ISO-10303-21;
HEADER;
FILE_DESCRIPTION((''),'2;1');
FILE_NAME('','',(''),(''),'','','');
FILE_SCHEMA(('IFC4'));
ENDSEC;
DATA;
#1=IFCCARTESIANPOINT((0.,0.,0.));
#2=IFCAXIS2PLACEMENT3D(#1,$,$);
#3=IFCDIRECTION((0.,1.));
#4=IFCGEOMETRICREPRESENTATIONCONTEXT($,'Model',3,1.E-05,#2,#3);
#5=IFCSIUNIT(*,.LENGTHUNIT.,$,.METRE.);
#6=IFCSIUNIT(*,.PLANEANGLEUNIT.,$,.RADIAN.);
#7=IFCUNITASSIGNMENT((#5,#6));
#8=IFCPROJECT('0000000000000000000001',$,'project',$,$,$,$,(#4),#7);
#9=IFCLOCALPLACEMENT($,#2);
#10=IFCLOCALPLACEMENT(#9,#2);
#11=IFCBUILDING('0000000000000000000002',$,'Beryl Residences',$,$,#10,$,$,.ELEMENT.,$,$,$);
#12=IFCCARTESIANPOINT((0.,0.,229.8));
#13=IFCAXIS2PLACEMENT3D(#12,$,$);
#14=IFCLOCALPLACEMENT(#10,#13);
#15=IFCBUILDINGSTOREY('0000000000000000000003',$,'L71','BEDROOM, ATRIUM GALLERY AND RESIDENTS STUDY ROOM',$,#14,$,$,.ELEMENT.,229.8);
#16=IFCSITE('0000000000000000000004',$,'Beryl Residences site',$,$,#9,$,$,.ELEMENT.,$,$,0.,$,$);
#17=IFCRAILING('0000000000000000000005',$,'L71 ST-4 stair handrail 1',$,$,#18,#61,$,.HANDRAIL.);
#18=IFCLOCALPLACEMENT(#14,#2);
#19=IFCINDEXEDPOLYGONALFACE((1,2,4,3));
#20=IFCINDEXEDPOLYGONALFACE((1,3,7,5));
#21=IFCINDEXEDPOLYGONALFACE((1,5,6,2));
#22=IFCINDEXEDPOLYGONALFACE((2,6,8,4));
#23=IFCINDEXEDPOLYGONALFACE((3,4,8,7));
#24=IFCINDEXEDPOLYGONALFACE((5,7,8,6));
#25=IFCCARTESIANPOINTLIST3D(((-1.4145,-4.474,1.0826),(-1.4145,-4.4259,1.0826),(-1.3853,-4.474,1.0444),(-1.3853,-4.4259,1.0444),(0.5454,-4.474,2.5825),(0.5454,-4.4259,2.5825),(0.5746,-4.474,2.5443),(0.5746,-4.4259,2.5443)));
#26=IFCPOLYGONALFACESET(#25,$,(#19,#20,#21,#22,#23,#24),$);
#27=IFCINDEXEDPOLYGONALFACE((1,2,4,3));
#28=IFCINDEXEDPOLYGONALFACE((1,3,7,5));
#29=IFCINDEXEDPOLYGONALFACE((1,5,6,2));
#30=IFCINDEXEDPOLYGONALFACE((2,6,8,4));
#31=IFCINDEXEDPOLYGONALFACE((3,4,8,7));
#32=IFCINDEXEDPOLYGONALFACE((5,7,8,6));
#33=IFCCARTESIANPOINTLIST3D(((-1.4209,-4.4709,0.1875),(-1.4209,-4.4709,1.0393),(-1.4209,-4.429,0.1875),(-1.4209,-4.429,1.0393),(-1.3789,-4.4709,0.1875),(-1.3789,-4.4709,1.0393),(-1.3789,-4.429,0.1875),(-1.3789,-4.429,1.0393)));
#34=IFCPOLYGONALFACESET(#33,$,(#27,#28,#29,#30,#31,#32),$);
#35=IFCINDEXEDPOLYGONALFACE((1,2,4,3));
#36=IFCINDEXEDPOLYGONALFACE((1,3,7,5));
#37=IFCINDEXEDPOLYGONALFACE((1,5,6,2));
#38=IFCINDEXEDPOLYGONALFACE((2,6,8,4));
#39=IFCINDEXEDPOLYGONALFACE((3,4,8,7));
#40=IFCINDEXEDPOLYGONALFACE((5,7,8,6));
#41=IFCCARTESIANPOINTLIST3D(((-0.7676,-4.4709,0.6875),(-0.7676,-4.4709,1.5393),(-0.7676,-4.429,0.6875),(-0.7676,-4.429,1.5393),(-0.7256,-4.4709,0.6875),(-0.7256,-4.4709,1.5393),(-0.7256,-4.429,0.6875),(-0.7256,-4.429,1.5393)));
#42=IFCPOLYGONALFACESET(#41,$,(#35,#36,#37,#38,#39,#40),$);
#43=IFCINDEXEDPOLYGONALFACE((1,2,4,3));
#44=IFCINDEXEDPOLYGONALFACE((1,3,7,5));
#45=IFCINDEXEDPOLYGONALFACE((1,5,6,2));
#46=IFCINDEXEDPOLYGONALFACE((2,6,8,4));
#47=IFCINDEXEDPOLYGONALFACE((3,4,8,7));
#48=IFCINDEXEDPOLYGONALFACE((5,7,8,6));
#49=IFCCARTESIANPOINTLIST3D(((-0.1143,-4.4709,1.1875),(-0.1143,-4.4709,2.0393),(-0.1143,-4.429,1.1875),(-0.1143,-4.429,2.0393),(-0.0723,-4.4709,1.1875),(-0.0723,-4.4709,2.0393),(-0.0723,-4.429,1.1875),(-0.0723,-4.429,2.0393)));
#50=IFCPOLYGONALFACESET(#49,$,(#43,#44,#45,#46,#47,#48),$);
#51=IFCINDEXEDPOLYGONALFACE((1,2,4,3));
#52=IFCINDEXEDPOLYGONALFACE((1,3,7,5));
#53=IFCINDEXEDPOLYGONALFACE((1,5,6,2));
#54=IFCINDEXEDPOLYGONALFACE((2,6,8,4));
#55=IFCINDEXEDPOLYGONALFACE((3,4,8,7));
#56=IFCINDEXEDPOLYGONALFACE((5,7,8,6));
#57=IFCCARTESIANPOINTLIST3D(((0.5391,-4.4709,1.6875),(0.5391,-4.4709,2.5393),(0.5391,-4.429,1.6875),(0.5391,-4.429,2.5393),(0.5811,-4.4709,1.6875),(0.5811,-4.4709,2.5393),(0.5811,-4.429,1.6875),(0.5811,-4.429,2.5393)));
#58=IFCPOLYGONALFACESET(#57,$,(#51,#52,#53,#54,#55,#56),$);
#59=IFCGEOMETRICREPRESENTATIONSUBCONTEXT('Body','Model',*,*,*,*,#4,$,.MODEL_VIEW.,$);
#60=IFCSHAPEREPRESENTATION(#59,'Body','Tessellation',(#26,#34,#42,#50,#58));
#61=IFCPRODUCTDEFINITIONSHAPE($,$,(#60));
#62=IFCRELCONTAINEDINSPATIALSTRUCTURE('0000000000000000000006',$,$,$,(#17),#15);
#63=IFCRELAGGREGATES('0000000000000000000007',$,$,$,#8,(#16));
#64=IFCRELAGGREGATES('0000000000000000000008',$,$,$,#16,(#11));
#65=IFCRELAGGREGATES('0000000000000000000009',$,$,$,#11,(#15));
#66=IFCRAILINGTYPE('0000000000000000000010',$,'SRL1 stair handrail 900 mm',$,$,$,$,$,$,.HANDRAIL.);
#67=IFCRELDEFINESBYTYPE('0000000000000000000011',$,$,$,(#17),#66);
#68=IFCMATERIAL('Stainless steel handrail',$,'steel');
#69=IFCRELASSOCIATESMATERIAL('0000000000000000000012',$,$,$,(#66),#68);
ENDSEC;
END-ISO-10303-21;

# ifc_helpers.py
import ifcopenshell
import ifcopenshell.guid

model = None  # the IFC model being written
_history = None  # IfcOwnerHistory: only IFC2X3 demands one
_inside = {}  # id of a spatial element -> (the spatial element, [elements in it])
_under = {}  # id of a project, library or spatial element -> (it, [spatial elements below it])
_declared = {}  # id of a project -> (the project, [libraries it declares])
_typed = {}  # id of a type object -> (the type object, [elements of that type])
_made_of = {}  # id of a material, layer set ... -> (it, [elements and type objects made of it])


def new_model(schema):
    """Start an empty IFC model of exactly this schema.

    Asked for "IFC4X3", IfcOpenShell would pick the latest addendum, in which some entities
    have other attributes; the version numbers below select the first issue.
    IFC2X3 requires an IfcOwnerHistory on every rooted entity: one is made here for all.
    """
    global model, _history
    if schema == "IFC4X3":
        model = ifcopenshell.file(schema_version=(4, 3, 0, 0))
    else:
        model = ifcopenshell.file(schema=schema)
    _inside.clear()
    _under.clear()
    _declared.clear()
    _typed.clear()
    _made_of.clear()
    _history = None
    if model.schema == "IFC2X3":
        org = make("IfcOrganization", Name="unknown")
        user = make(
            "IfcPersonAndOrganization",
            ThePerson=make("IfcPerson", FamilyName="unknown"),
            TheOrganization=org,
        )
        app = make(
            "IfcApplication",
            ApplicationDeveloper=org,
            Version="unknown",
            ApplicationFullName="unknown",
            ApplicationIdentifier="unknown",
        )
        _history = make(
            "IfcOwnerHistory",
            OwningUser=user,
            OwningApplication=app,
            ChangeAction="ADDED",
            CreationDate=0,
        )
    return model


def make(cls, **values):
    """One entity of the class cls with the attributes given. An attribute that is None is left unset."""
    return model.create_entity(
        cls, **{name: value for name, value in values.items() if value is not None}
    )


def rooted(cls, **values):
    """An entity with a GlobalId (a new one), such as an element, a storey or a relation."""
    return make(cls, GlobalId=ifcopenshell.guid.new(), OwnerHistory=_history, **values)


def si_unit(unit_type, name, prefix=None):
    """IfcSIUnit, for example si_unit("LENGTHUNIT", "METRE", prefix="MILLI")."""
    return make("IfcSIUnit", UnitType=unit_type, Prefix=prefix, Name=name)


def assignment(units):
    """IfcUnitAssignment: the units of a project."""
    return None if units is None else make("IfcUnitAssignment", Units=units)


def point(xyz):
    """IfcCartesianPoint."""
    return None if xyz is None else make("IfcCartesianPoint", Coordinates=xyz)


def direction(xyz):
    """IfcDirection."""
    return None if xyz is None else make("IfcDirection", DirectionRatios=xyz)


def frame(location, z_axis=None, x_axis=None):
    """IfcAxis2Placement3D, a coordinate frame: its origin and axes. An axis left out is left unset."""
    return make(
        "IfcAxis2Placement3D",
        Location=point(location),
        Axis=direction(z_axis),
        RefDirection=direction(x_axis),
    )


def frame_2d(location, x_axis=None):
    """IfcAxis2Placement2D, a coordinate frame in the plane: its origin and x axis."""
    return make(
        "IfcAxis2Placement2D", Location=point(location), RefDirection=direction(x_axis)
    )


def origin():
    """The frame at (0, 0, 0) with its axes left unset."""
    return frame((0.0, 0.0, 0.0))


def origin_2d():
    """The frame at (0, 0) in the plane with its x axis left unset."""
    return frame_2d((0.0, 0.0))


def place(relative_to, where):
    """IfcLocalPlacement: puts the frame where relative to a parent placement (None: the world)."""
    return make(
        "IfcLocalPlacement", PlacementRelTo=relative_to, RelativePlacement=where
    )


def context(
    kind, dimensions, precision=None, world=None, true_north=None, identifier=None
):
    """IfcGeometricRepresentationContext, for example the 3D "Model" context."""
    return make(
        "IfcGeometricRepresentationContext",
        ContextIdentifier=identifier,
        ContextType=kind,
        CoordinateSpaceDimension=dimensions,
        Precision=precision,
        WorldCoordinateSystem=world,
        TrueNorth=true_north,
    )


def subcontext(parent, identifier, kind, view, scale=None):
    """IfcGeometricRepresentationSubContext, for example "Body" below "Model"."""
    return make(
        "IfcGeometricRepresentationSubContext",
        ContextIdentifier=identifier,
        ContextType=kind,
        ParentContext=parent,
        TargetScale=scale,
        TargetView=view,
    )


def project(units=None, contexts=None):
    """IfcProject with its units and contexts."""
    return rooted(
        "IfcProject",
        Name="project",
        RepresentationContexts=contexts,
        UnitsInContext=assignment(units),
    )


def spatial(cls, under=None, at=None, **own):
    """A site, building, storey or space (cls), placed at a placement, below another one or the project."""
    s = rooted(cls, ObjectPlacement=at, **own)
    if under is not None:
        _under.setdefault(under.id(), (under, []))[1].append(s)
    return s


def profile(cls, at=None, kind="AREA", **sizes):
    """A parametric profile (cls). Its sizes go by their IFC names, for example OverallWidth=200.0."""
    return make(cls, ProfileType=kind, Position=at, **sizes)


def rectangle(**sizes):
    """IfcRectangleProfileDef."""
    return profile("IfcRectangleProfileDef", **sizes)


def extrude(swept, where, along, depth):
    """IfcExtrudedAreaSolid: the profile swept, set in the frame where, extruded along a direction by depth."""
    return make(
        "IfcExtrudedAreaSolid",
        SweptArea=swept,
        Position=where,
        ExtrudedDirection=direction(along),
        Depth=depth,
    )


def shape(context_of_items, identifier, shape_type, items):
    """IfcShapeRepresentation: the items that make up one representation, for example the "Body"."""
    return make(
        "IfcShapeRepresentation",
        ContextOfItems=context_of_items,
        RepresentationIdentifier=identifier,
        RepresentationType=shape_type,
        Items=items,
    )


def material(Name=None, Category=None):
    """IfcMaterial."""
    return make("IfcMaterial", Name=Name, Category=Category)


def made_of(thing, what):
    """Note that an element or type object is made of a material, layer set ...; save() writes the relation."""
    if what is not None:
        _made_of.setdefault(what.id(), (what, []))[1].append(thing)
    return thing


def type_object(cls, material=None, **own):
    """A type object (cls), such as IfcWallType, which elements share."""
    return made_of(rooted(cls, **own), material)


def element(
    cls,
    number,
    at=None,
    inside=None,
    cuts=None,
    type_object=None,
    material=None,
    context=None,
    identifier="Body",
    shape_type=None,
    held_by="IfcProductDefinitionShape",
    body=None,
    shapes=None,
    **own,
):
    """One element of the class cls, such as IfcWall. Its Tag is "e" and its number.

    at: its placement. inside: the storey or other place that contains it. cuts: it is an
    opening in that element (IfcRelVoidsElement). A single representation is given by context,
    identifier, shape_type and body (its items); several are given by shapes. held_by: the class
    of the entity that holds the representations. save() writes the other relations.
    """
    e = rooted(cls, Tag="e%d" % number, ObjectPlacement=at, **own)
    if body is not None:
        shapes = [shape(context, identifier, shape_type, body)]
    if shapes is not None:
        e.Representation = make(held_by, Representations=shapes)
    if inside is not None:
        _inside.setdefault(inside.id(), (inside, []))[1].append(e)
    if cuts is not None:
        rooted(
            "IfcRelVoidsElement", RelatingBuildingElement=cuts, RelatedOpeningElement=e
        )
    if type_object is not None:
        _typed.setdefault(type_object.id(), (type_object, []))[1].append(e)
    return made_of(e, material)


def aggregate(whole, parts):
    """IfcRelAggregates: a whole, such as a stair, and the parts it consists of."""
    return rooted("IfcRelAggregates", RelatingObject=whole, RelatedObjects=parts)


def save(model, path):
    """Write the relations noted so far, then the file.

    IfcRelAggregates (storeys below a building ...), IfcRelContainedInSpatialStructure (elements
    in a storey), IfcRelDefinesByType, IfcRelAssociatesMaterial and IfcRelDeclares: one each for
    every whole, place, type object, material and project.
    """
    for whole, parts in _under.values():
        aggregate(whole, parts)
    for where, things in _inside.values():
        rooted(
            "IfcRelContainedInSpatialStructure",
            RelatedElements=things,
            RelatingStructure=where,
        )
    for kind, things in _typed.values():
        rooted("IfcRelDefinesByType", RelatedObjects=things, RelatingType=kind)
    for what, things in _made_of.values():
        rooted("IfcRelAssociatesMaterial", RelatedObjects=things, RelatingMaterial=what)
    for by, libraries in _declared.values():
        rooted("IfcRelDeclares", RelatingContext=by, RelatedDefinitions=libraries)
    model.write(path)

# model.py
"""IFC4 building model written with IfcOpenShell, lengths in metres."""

from ifc_helpers import new_model, si_unit, direction, frame, origin, origin_2d, place, context, subcontext, project, spatial, rectangle, extrude, material, type_object, element, save


model = new_model("IFC4")

# Units and contexts
model_context = context("Model", 3, precision=1e-05, world=origin(), true_north=direction((0.0, 1.0)))
body_context = subcontext(model_context, "Body", "Model", "MODEL_VIEW")
ifc_project = project(units=[si_unit("LENGTHUNIT", "METRE"), si_unit("PLANEANGLEUNIT", "RADIAN")], contexts=[model_context])

# Site, building, storey
site_placement = place(None, origin())
site = spatial("IfcSite", under=ifc_project, at=site_placement, Name="Beryl Residences site", CompositionType="ELEMENT", RefElevation=0.0)
building_placement = place(site_placement, origin())
building = spatial("IfcBuilding", under=site, at=building_placement, Name="Beryl Residences", CompositionType="ELEMENT")
storey_placement = place(building_placement, frame((0.0, 0.0, 229.8)))
storey = spatial("IfcBuildingStorey", under=building, at=storey_placement, Name="L71", Description="BEDROOM, ATRIUM GALLERY AND RESIDENTS STUDY ROOM", CompositionType="ELEMENT", Elevation=229.8)

# Railing
ifc_material_1 = material(Name="Stainless steel handrail", Category="steel")
railing_type_1 = type_object("IfcRailingType", Name="SRL1 stair handrail 900 mm", PredefinedType="HANDRAIL", material=ifc_material_1)
railing_1_placement = place(storey_placement, frame((-1.3999, -4.45, 0.1875)))
element("IfcRailing", 1, at=railing_1_placement, inside=storey, type_object=railing_type_1, Name="L71 ST-4 stair handrail 1", PredefinedType="HANDRAIL", context=body_context, shape_type="SweptSolid", body=[
    extrude(rectangle(XDim=0.0481, YDim=0.0481, at=origin_2d()), frame((0.0, 0.0, 0.876), z_axis=(0.794122, 0.0, 0.607758), x_axis=(0.0, 1.0, 0.0)), (0.0, 0.0, 1.0), 2.468),
    extrude(rectangle(XDim=0.042, YDim=0.042, at=origin_2d()), origin(), (0.0, 0.0, 1.0), 0.8518),
    extrude(rectangle(XDim=0.042, YDim=0.042, at=origin_2d()), frame((0.6533, 0.0, 0.5)), (0.0, 0.0, 1.0), 0.8518),
    extrude(rectangle(XDim=0.042, YDim=0.042, at=origin_2d()), frame((1.3066, 0.0, 1.0)), (0.0, 0.0, 1.0), 0.8518),
    extrude(rectangle(XDim=0.042, YDim=0.042, at=origin_2d()), frame((1.96, 0.0, 1.5)), (0.0, 0.0, 1.0), 0.8518),
])

save(model, "model.ifc")
